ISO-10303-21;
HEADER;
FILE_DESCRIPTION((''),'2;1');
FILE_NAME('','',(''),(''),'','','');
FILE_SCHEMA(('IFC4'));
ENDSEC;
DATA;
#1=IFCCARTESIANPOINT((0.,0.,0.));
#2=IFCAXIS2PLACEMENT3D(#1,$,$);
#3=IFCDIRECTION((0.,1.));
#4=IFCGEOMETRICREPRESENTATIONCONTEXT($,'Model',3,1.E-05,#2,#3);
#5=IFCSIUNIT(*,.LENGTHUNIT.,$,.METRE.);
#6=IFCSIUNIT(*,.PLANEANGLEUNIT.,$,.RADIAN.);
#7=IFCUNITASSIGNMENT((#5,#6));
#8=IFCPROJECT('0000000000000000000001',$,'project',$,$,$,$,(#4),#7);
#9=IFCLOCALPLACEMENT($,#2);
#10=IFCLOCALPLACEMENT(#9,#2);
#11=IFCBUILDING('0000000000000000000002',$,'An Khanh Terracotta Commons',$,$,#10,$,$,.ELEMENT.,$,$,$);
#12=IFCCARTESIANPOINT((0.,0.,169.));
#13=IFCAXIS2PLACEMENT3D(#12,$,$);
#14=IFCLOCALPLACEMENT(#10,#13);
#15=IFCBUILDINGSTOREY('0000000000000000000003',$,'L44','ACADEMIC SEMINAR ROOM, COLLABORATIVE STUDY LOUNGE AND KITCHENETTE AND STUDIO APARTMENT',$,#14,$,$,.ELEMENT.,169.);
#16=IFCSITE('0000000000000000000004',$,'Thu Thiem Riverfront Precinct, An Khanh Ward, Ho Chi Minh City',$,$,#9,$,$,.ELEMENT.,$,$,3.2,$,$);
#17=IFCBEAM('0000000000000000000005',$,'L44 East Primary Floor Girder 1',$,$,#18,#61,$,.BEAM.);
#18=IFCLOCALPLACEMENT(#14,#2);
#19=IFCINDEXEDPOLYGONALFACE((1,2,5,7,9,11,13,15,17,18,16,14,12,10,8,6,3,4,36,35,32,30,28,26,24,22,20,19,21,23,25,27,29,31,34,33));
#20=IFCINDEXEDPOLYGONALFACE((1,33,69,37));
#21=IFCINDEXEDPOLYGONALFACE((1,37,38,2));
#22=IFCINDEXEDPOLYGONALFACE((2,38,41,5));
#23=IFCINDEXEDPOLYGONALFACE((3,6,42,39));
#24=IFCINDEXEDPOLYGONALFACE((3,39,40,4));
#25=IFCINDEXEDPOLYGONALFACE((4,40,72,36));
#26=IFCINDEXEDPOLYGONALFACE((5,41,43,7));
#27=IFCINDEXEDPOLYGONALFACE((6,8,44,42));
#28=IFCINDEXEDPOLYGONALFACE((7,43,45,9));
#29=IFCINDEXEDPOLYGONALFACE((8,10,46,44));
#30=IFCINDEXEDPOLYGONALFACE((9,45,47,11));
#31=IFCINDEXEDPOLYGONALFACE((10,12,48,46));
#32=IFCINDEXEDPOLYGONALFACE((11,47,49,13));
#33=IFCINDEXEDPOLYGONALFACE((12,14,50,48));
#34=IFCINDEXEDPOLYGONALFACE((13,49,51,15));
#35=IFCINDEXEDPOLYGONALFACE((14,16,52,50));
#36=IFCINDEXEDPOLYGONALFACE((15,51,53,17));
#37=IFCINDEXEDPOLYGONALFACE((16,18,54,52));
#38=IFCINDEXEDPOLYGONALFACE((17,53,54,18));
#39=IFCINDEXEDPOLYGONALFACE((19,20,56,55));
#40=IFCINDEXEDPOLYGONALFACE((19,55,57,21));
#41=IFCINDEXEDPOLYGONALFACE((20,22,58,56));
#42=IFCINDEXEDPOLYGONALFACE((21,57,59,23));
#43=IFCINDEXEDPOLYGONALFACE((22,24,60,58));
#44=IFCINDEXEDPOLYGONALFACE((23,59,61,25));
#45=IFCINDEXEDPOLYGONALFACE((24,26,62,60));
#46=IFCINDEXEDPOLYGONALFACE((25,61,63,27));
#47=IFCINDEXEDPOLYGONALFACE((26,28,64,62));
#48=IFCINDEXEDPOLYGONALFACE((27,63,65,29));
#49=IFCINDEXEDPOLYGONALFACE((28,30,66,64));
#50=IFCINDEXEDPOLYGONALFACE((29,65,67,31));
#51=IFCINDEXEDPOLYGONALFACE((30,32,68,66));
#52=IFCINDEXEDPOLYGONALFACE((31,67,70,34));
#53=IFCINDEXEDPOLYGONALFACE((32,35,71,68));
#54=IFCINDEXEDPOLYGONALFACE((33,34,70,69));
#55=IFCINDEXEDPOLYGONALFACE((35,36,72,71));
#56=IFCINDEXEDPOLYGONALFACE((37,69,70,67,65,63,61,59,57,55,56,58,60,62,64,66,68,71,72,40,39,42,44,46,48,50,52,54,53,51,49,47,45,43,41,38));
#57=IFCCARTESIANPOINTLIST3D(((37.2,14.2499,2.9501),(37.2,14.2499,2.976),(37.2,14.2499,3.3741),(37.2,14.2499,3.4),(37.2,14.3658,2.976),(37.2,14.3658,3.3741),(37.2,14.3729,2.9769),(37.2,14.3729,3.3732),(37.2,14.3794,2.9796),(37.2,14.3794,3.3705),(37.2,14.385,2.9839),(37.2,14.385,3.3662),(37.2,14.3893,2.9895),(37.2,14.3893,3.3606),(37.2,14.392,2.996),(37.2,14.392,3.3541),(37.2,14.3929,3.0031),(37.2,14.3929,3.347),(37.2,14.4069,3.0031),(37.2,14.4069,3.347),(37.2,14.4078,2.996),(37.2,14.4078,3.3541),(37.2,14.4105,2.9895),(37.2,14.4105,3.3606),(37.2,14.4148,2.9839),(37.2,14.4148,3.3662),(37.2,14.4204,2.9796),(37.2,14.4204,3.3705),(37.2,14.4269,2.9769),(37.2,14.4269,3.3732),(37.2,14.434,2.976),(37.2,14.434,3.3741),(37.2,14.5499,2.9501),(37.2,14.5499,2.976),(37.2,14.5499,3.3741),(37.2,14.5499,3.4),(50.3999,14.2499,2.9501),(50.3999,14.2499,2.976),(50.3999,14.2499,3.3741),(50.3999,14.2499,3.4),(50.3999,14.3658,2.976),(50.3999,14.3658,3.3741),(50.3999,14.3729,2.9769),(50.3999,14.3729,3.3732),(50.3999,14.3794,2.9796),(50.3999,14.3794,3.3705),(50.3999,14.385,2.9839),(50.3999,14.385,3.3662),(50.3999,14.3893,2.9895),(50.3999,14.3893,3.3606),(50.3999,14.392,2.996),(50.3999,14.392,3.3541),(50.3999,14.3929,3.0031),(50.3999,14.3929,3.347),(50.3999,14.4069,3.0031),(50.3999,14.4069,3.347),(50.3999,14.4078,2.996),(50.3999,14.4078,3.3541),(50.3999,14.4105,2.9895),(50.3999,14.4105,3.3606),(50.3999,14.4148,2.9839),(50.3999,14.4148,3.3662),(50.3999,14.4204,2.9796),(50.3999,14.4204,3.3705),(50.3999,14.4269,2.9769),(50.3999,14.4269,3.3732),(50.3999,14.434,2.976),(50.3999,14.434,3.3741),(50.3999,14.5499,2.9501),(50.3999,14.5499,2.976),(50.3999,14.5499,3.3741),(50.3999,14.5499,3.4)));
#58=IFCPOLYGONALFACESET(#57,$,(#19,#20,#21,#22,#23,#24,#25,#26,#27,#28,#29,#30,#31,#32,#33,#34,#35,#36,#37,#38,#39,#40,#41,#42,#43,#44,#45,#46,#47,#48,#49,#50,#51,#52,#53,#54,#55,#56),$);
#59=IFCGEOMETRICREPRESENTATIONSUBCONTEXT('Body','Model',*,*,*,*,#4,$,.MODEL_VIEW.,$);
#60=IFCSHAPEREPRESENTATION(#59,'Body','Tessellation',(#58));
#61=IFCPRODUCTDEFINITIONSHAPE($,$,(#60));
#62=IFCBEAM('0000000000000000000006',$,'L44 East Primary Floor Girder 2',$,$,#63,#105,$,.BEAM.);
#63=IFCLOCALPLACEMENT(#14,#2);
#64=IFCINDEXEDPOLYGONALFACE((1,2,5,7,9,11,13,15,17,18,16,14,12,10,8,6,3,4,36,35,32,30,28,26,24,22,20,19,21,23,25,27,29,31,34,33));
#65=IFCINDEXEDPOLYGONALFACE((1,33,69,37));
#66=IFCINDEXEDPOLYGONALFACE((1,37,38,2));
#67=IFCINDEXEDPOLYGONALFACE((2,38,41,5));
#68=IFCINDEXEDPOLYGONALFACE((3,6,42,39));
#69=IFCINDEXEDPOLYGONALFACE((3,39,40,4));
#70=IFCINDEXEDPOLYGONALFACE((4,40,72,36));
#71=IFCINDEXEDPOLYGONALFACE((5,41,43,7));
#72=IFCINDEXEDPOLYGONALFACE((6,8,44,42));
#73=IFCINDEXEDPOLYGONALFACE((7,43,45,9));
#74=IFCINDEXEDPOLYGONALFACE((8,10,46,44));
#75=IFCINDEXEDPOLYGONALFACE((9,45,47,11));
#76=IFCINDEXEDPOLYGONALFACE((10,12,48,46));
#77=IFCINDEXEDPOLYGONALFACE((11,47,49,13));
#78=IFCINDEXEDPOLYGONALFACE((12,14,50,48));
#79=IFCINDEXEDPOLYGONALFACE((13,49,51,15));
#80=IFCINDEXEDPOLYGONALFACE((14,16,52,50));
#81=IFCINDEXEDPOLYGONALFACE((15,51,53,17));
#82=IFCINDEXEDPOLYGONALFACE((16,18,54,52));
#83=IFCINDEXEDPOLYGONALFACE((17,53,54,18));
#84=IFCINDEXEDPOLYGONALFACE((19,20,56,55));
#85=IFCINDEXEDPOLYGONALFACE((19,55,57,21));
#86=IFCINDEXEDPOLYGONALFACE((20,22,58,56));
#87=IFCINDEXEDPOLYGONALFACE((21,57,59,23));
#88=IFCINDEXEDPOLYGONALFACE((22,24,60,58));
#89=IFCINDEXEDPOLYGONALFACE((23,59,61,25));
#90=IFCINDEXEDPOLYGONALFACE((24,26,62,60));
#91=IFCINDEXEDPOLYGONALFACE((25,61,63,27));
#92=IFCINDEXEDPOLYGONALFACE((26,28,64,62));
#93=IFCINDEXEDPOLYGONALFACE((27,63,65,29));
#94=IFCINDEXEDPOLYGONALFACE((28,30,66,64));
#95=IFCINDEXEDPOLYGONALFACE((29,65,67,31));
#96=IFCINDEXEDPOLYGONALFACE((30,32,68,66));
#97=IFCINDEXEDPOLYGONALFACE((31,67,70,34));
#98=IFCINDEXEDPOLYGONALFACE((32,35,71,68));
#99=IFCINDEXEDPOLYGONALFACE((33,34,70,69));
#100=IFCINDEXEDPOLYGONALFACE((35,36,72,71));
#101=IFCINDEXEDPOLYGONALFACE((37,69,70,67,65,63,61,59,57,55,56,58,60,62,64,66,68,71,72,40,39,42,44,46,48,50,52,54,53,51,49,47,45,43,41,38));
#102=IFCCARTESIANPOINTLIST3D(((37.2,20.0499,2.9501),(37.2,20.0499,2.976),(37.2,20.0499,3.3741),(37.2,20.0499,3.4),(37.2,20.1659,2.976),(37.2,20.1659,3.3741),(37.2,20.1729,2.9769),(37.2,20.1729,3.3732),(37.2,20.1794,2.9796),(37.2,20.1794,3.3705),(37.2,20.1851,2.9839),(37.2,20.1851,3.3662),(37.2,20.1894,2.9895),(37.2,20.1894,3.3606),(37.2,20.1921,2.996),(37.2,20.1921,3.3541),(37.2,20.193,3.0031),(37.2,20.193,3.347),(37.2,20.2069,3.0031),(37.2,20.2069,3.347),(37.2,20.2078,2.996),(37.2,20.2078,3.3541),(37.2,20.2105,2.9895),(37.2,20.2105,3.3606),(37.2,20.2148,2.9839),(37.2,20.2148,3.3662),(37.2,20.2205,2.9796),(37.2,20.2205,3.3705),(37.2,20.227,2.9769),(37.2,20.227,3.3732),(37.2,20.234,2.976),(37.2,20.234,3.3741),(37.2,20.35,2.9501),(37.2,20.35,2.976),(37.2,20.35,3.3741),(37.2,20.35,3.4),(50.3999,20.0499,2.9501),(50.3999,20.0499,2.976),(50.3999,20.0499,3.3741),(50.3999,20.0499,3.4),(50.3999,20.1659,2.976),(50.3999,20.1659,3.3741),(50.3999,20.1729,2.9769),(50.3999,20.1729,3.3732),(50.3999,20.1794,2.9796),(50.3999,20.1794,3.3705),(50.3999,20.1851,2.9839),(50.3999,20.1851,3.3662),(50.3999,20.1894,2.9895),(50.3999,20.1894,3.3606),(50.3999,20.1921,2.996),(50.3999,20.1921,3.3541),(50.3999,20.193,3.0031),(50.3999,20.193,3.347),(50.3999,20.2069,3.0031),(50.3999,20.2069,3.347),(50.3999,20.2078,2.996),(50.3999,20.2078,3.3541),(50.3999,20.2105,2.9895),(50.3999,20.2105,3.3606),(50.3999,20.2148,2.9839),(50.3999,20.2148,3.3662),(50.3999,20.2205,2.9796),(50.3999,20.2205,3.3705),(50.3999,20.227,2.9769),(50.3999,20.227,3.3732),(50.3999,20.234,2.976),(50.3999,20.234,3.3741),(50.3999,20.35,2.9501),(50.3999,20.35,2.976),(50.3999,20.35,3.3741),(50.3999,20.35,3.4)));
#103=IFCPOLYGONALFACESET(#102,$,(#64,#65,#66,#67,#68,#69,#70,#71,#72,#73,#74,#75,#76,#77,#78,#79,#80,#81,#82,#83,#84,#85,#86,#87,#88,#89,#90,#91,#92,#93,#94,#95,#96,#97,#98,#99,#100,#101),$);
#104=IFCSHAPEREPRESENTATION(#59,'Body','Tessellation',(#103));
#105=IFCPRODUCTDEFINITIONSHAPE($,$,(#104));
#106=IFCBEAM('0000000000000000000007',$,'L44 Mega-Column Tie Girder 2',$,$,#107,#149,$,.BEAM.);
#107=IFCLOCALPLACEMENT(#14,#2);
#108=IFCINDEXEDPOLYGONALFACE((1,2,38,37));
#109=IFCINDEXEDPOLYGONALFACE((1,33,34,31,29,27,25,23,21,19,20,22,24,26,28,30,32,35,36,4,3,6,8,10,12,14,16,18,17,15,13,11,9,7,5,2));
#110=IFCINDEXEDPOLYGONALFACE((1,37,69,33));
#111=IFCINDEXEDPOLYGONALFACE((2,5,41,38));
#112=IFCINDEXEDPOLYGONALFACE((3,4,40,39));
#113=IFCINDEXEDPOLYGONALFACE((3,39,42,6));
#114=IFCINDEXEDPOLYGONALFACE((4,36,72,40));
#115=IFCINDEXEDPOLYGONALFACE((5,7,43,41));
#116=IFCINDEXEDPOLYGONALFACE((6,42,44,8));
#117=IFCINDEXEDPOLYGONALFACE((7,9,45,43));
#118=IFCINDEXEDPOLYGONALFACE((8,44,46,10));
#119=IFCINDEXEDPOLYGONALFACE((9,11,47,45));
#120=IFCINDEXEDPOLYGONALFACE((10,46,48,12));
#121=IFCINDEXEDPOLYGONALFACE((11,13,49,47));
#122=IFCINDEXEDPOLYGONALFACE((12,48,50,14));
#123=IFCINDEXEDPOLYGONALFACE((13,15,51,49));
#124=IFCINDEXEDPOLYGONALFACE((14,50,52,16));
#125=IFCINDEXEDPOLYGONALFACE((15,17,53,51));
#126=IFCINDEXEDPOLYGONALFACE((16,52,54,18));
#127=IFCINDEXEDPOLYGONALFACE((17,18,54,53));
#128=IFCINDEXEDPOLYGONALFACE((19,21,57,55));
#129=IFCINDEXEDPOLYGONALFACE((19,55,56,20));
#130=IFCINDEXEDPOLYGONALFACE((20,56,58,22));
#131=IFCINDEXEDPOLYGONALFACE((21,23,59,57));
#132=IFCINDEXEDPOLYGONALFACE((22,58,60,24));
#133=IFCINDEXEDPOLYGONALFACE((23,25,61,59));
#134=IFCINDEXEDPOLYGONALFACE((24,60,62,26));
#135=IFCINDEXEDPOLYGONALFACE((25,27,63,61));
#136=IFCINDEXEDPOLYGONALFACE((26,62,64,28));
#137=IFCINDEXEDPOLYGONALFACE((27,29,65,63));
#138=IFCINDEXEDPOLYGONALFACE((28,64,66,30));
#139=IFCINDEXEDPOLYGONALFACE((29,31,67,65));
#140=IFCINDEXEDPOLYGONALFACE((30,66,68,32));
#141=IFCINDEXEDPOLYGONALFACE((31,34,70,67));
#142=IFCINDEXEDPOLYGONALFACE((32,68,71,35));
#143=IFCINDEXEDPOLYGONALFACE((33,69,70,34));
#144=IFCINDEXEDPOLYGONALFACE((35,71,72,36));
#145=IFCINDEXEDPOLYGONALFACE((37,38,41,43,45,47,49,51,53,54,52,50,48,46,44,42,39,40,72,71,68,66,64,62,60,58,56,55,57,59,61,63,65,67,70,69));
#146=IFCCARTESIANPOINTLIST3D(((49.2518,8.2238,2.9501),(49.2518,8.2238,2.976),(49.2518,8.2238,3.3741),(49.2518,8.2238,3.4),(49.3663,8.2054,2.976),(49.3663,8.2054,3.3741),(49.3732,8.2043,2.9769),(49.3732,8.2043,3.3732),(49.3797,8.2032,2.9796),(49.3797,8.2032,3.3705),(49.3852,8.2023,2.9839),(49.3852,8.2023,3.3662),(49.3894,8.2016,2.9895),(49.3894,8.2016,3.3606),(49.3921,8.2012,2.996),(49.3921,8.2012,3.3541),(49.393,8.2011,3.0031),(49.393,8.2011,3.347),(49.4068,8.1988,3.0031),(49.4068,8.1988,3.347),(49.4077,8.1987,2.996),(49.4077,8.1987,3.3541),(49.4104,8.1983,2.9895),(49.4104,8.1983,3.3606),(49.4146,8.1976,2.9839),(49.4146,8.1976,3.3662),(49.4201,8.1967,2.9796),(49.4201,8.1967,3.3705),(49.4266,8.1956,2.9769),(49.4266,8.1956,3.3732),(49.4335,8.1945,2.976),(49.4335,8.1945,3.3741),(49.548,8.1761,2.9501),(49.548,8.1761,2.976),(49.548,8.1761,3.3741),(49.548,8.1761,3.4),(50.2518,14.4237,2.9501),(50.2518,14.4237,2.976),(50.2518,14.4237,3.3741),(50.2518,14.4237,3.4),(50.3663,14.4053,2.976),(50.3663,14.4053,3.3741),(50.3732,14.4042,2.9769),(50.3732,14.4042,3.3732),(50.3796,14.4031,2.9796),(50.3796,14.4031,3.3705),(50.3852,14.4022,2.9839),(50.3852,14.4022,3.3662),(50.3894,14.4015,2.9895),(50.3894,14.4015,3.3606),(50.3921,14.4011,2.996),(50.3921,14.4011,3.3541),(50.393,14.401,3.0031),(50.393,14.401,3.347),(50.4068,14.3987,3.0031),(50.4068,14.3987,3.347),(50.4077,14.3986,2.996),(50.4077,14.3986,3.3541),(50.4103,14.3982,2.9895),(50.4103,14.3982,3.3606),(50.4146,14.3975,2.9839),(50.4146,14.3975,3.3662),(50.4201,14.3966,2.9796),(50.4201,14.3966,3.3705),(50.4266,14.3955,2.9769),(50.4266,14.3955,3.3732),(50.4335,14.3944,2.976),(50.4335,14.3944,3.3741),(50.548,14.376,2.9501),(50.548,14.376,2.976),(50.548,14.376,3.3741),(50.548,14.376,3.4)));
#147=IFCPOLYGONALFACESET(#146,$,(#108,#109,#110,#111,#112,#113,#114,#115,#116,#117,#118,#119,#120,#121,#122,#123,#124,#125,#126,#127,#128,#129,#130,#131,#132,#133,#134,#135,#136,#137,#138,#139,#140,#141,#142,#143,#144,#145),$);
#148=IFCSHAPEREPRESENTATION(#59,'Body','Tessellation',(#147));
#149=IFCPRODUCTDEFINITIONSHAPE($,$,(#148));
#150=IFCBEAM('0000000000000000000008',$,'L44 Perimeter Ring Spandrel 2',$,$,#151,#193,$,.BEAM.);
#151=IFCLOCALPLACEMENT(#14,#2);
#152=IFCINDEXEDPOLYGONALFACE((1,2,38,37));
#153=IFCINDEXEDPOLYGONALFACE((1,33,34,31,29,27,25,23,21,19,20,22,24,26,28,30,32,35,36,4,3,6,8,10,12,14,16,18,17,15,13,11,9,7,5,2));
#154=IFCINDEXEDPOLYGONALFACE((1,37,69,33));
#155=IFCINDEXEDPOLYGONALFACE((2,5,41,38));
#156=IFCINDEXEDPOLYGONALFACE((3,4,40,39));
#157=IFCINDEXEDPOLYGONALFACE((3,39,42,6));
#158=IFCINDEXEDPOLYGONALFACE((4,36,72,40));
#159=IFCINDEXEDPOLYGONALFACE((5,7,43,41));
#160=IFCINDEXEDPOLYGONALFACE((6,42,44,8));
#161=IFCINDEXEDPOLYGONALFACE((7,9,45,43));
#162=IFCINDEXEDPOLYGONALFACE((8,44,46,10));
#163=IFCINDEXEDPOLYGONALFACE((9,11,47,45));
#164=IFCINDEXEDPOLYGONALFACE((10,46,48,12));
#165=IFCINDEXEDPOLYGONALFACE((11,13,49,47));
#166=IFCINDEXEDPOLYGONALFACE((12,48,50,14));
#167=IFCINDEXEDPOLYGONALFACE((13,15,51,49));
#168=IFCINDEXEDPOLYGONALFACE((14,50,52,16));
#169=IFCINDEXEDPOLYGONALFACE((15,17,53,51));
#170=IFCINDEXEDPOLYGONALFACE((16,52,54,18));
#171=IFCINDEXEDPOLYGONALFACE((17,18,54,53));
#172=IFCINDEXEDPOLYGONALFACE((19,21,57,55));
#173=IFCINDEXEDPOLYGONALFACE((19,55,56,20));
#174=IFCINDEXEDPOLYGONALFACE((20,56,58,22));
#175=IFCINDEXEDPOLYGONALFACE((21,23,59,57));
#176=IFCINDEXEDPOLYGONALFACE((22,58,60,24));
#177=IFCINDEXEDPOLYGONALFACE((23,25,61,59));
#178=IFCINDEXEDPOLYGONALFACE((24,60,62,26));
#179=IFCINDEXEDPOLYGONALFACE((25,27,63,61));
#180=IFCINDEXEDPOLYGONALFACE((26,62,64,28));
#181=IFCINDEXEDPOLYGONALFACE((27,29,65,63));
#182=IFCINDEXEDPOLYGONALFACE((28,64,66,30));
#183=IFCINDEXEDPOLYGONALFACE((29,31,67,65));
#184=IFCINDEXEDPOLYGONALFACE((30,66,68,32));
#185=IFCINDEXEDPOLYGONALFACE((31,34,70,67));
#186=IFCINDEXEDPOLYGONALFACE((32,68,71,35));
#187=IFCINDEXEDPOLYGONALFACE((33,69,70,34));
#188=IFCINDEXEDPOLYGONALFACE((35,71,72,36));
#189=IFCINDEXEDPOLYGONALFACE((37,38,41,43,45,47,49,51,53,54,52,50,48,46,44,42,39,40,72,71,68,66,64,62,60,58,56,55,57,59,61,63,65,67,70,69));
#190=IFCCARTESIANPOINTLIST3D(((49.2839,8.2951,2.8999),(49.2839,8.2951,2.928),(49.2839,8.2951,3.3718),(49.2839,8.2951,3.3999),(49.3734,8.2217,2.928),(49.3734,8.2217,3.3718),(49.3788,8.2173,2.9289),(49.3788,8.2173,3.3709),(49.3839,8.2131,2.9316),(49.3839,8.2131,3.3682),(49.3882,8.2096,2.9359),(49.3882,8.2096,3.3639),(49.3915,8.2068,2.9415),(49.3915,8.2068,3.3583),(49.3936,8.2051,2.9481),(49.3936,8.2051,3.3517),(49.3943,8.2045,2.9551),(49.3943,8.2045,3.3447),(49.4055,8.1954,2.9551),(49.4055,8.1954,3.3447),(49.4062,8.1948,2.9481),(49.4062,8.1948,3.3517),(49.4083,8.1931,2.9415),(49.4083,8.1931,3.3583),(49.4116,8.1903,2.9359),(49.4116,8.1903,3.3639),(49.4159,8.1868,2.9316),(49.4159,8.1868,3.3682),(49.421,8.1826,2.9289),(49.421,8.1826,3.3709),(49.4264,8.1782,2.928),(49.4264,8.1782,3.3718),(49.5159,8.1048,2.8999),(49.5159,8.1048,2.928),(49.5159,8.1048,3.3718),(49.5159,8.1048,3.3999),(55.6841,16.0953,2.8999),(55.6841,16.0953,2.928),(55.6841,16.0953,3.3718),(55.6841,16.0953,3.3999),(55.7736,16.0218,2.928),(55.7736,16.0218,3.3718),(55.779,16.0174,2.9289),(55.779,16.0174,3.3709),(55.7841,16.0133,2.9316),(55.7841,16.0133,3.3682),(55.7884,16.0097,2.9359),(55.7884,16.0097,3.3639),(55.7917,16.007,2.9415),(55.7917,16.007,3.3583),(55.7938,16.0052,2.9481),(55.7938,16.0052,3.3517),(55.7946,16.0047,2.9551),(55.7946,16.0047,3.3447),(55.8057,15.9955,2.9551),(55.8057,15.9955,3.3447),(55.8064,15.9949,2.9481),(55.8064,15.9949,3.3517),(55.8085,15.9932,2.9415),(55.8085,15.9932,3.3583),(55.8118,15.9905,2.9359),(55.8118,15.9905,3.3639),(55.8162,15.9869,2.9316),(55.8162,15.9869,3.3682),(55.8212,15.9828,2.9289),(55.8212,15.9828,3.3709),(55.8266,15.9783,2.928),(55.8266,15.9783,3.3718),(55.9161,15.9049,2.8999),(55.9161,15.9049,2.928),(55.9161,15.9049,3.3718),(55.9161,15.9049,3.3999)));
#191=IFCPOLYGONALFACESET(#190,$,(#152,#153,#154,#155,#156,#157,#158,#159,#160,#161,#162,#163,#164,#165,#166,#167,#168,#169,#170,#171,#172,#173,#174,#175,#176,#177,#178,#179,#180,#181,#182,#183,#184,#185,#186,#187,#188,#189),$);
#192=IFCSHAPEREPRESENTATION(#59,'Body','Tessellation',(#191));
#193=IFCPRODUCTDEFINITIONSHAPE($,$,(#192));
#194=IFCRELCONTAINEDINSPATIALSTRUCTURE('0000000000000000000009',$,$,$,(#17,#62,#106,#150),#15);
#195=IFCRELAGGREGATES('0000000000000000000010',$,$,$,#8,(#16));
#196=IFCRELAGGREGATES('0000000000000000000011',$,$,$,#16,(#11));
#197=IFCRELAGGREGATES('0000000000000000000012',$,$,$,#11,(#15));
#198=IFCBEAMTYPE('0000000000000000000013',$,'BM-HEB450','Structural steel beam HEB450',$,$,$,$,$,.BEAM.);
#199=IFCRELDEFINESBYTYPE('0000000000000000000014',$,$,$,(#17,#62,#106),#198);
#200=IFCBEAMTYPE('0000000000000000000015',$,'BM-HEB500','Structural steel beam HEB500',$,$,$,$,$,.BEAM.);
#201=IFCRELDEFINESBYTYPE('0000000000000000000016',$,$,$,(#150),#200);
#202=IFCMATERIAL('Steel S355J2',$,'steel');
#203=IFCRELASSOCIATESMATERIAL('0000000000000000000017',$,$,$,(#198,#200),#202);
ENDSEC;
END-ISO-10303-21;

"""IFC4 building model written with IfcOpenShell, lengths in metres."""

from ifc_helpers import new_model, si_unit, direction, frame, origin, origin_2d, place, context, subcontext, project, spatial, i_section, extrude, material, material_profile, profile_set, type_object, element, save


model = new_model("IFC4")

# Units and contexts
model_context = context("Model", 3, precision=1e-05, world=origin(), true_north=direction((0.0, 1.0)))
body_context = subcontext(model_context, "Body", "Model", "MODEL_VIEW")
ifc_project = project(units=[si_unit("LENGTHUNIT", "METRE"), si_unit("PLANEANGLEUNIT", "RADIAN")], contexts=[model_context])

# Site, building, storey
site_placement = place(None, origin())
site = spatial("IfcSite", under=ifc_project, at=site_placement, Name="Thu Thiem Riverfront Precinct, An Khanh Ward, Ho Chi Minh City", CompositionType="ELEMENT", RefElevation=3.2)
building_placement = place(site_placement, origin())
building = spatial("IfcBuilding", under=site, at=building_placement, Name="An Khanh Terracotta Commons", CompositionType="ELEMENT")
storey_placement = place(building_placement, frame((0.0, 0.0, 169.0)))
storey = spatial("IfcBuildingStorey", under=building, at=storey_placement, Name="L44", Description="ACADEMIC SEMINAR ROOM, COLLABORATIVE STUDY LOUNGE AND KITCHENETTE AND STUDIO APARTMENT", CompositionType="ELEMENT", Elevation=169.0)

# Beams
ifc_material_1 = material(Name="Steel S355J2", Category="steel")
ifc_material_profile_1 = material_profile(ifc_material_1, i_section(OverallWidth=0.3, OverallDepth=0.45, WebThickness=0.0139, FlangeThickness=0.0259, FilletRadius=0.0271, at=origin_2d()), Name="HEB450")
ifc_profile_set_1 = profile_set([ifc_material_profile_1], Name="Steel S355J2")
beam_type_1 = type_object("IfcBeamType", Name="BM-HEB450", Description="Structural steel beam HEB450", PredefinedType="BEAM", material=ifc_profile_set_1)
for number, where, z_axis, x_axis, name in (
    (1, (37.2, 14.3999, 3.175), (1.0, 0.0, 0.0), (0.0, 1.0, 0.0), "L44 East Primary Floor Girder 1"),
    (2, (37.2, 20.2, 3.175), (1.0, 0.0, 0.0), (0.0, 1.0, 0.0), "L44 East Primary Floor Girder 2"),
):
    element("IfcBeam", number, at=place(storey_placement, frame(where, z_axis=z_axis, x_axis=x_axis)), inside=storey, type_object=beam_type_1, Name=name, PredefinedType="BEAM", context=body_context, shape_type="SweptSolid", body=[
        extrude(i_section(OverallWidth=0.3, OverallDepth=0.45, WebThickness=0.0139, FlangeThickness=0.0259, FilletRadius=0.0271, at=origin_2d()), origin(), (0.0, 0.0, 1.0), 13.2),
    ])
beam_1_placement = place(storey_placement, frame((49.3999, 8.2, 3.175), z_axis=(0.159234, 0.987241, 0.0), x_axis=(-0.987241, 0.159234, 0.0)))
element("IfcBeam", 3, at=beam_1_placement, inside=storey, type_object=beam_type_1, Name="L44 Mega-Column Tie Girder 2", PredefinedType="BEAM", context=body_context, shape_type="SweptSolid", body=[
    extrude(i_section(OverallWidth=0.3, OverallDepth=0.45, WebThickness=0.0139, FlangeThickness=0.0259, FilletRadius=0.0271, at=origin_2d()), origin(), (0.0, 0.0, 1.0), 6.28),
])
ifc_material_profile_2 = material_profile(ifc_material_1, i_section(OverallWidth=0.3, OverallDepth=0.5, WebThickness=0.0144, FlangeThickness=0.0281, FilletRadius=0.0271, at=origin_2d()), Name="HEB500")
ifc_profile_set_2 = profile_set([ifc_material_profile_2], Name="Steel S355J2")
beam_type_2 = type_object("IfcBeamType", Name="BM-HEB500", Description="Structural steel beam HEB500", PredefinedType="BEAM", material=ifc_profile_set_2)
beam_2_placement = place(storey_placement, frame((49.3999, 8.2, 3.1499), z_axis=(0.634323, 0.773068, 0.0), x_axis=(-0.773068, 0.634323, 0.0)))
element("IfcBeam", 4, at=beam_2_placement, inside=storey, type_object=beam_type_2, Name="L44 Perimeter Ring Spandrel 2", PredefinedType="BEAM", context=body_context, shape_type="SweptSolid", body=[
    extrude(i_section(OverallWidth=0.3, OverallDepth=0.5, WebThickness=0.0144, FlangeThickness=0.0281, FilletRadius=0.0271, at=origin_2d()), origin(), (0.0, 0.0, 1.0), 10.0898),
])

save(model, "model.ifc")
